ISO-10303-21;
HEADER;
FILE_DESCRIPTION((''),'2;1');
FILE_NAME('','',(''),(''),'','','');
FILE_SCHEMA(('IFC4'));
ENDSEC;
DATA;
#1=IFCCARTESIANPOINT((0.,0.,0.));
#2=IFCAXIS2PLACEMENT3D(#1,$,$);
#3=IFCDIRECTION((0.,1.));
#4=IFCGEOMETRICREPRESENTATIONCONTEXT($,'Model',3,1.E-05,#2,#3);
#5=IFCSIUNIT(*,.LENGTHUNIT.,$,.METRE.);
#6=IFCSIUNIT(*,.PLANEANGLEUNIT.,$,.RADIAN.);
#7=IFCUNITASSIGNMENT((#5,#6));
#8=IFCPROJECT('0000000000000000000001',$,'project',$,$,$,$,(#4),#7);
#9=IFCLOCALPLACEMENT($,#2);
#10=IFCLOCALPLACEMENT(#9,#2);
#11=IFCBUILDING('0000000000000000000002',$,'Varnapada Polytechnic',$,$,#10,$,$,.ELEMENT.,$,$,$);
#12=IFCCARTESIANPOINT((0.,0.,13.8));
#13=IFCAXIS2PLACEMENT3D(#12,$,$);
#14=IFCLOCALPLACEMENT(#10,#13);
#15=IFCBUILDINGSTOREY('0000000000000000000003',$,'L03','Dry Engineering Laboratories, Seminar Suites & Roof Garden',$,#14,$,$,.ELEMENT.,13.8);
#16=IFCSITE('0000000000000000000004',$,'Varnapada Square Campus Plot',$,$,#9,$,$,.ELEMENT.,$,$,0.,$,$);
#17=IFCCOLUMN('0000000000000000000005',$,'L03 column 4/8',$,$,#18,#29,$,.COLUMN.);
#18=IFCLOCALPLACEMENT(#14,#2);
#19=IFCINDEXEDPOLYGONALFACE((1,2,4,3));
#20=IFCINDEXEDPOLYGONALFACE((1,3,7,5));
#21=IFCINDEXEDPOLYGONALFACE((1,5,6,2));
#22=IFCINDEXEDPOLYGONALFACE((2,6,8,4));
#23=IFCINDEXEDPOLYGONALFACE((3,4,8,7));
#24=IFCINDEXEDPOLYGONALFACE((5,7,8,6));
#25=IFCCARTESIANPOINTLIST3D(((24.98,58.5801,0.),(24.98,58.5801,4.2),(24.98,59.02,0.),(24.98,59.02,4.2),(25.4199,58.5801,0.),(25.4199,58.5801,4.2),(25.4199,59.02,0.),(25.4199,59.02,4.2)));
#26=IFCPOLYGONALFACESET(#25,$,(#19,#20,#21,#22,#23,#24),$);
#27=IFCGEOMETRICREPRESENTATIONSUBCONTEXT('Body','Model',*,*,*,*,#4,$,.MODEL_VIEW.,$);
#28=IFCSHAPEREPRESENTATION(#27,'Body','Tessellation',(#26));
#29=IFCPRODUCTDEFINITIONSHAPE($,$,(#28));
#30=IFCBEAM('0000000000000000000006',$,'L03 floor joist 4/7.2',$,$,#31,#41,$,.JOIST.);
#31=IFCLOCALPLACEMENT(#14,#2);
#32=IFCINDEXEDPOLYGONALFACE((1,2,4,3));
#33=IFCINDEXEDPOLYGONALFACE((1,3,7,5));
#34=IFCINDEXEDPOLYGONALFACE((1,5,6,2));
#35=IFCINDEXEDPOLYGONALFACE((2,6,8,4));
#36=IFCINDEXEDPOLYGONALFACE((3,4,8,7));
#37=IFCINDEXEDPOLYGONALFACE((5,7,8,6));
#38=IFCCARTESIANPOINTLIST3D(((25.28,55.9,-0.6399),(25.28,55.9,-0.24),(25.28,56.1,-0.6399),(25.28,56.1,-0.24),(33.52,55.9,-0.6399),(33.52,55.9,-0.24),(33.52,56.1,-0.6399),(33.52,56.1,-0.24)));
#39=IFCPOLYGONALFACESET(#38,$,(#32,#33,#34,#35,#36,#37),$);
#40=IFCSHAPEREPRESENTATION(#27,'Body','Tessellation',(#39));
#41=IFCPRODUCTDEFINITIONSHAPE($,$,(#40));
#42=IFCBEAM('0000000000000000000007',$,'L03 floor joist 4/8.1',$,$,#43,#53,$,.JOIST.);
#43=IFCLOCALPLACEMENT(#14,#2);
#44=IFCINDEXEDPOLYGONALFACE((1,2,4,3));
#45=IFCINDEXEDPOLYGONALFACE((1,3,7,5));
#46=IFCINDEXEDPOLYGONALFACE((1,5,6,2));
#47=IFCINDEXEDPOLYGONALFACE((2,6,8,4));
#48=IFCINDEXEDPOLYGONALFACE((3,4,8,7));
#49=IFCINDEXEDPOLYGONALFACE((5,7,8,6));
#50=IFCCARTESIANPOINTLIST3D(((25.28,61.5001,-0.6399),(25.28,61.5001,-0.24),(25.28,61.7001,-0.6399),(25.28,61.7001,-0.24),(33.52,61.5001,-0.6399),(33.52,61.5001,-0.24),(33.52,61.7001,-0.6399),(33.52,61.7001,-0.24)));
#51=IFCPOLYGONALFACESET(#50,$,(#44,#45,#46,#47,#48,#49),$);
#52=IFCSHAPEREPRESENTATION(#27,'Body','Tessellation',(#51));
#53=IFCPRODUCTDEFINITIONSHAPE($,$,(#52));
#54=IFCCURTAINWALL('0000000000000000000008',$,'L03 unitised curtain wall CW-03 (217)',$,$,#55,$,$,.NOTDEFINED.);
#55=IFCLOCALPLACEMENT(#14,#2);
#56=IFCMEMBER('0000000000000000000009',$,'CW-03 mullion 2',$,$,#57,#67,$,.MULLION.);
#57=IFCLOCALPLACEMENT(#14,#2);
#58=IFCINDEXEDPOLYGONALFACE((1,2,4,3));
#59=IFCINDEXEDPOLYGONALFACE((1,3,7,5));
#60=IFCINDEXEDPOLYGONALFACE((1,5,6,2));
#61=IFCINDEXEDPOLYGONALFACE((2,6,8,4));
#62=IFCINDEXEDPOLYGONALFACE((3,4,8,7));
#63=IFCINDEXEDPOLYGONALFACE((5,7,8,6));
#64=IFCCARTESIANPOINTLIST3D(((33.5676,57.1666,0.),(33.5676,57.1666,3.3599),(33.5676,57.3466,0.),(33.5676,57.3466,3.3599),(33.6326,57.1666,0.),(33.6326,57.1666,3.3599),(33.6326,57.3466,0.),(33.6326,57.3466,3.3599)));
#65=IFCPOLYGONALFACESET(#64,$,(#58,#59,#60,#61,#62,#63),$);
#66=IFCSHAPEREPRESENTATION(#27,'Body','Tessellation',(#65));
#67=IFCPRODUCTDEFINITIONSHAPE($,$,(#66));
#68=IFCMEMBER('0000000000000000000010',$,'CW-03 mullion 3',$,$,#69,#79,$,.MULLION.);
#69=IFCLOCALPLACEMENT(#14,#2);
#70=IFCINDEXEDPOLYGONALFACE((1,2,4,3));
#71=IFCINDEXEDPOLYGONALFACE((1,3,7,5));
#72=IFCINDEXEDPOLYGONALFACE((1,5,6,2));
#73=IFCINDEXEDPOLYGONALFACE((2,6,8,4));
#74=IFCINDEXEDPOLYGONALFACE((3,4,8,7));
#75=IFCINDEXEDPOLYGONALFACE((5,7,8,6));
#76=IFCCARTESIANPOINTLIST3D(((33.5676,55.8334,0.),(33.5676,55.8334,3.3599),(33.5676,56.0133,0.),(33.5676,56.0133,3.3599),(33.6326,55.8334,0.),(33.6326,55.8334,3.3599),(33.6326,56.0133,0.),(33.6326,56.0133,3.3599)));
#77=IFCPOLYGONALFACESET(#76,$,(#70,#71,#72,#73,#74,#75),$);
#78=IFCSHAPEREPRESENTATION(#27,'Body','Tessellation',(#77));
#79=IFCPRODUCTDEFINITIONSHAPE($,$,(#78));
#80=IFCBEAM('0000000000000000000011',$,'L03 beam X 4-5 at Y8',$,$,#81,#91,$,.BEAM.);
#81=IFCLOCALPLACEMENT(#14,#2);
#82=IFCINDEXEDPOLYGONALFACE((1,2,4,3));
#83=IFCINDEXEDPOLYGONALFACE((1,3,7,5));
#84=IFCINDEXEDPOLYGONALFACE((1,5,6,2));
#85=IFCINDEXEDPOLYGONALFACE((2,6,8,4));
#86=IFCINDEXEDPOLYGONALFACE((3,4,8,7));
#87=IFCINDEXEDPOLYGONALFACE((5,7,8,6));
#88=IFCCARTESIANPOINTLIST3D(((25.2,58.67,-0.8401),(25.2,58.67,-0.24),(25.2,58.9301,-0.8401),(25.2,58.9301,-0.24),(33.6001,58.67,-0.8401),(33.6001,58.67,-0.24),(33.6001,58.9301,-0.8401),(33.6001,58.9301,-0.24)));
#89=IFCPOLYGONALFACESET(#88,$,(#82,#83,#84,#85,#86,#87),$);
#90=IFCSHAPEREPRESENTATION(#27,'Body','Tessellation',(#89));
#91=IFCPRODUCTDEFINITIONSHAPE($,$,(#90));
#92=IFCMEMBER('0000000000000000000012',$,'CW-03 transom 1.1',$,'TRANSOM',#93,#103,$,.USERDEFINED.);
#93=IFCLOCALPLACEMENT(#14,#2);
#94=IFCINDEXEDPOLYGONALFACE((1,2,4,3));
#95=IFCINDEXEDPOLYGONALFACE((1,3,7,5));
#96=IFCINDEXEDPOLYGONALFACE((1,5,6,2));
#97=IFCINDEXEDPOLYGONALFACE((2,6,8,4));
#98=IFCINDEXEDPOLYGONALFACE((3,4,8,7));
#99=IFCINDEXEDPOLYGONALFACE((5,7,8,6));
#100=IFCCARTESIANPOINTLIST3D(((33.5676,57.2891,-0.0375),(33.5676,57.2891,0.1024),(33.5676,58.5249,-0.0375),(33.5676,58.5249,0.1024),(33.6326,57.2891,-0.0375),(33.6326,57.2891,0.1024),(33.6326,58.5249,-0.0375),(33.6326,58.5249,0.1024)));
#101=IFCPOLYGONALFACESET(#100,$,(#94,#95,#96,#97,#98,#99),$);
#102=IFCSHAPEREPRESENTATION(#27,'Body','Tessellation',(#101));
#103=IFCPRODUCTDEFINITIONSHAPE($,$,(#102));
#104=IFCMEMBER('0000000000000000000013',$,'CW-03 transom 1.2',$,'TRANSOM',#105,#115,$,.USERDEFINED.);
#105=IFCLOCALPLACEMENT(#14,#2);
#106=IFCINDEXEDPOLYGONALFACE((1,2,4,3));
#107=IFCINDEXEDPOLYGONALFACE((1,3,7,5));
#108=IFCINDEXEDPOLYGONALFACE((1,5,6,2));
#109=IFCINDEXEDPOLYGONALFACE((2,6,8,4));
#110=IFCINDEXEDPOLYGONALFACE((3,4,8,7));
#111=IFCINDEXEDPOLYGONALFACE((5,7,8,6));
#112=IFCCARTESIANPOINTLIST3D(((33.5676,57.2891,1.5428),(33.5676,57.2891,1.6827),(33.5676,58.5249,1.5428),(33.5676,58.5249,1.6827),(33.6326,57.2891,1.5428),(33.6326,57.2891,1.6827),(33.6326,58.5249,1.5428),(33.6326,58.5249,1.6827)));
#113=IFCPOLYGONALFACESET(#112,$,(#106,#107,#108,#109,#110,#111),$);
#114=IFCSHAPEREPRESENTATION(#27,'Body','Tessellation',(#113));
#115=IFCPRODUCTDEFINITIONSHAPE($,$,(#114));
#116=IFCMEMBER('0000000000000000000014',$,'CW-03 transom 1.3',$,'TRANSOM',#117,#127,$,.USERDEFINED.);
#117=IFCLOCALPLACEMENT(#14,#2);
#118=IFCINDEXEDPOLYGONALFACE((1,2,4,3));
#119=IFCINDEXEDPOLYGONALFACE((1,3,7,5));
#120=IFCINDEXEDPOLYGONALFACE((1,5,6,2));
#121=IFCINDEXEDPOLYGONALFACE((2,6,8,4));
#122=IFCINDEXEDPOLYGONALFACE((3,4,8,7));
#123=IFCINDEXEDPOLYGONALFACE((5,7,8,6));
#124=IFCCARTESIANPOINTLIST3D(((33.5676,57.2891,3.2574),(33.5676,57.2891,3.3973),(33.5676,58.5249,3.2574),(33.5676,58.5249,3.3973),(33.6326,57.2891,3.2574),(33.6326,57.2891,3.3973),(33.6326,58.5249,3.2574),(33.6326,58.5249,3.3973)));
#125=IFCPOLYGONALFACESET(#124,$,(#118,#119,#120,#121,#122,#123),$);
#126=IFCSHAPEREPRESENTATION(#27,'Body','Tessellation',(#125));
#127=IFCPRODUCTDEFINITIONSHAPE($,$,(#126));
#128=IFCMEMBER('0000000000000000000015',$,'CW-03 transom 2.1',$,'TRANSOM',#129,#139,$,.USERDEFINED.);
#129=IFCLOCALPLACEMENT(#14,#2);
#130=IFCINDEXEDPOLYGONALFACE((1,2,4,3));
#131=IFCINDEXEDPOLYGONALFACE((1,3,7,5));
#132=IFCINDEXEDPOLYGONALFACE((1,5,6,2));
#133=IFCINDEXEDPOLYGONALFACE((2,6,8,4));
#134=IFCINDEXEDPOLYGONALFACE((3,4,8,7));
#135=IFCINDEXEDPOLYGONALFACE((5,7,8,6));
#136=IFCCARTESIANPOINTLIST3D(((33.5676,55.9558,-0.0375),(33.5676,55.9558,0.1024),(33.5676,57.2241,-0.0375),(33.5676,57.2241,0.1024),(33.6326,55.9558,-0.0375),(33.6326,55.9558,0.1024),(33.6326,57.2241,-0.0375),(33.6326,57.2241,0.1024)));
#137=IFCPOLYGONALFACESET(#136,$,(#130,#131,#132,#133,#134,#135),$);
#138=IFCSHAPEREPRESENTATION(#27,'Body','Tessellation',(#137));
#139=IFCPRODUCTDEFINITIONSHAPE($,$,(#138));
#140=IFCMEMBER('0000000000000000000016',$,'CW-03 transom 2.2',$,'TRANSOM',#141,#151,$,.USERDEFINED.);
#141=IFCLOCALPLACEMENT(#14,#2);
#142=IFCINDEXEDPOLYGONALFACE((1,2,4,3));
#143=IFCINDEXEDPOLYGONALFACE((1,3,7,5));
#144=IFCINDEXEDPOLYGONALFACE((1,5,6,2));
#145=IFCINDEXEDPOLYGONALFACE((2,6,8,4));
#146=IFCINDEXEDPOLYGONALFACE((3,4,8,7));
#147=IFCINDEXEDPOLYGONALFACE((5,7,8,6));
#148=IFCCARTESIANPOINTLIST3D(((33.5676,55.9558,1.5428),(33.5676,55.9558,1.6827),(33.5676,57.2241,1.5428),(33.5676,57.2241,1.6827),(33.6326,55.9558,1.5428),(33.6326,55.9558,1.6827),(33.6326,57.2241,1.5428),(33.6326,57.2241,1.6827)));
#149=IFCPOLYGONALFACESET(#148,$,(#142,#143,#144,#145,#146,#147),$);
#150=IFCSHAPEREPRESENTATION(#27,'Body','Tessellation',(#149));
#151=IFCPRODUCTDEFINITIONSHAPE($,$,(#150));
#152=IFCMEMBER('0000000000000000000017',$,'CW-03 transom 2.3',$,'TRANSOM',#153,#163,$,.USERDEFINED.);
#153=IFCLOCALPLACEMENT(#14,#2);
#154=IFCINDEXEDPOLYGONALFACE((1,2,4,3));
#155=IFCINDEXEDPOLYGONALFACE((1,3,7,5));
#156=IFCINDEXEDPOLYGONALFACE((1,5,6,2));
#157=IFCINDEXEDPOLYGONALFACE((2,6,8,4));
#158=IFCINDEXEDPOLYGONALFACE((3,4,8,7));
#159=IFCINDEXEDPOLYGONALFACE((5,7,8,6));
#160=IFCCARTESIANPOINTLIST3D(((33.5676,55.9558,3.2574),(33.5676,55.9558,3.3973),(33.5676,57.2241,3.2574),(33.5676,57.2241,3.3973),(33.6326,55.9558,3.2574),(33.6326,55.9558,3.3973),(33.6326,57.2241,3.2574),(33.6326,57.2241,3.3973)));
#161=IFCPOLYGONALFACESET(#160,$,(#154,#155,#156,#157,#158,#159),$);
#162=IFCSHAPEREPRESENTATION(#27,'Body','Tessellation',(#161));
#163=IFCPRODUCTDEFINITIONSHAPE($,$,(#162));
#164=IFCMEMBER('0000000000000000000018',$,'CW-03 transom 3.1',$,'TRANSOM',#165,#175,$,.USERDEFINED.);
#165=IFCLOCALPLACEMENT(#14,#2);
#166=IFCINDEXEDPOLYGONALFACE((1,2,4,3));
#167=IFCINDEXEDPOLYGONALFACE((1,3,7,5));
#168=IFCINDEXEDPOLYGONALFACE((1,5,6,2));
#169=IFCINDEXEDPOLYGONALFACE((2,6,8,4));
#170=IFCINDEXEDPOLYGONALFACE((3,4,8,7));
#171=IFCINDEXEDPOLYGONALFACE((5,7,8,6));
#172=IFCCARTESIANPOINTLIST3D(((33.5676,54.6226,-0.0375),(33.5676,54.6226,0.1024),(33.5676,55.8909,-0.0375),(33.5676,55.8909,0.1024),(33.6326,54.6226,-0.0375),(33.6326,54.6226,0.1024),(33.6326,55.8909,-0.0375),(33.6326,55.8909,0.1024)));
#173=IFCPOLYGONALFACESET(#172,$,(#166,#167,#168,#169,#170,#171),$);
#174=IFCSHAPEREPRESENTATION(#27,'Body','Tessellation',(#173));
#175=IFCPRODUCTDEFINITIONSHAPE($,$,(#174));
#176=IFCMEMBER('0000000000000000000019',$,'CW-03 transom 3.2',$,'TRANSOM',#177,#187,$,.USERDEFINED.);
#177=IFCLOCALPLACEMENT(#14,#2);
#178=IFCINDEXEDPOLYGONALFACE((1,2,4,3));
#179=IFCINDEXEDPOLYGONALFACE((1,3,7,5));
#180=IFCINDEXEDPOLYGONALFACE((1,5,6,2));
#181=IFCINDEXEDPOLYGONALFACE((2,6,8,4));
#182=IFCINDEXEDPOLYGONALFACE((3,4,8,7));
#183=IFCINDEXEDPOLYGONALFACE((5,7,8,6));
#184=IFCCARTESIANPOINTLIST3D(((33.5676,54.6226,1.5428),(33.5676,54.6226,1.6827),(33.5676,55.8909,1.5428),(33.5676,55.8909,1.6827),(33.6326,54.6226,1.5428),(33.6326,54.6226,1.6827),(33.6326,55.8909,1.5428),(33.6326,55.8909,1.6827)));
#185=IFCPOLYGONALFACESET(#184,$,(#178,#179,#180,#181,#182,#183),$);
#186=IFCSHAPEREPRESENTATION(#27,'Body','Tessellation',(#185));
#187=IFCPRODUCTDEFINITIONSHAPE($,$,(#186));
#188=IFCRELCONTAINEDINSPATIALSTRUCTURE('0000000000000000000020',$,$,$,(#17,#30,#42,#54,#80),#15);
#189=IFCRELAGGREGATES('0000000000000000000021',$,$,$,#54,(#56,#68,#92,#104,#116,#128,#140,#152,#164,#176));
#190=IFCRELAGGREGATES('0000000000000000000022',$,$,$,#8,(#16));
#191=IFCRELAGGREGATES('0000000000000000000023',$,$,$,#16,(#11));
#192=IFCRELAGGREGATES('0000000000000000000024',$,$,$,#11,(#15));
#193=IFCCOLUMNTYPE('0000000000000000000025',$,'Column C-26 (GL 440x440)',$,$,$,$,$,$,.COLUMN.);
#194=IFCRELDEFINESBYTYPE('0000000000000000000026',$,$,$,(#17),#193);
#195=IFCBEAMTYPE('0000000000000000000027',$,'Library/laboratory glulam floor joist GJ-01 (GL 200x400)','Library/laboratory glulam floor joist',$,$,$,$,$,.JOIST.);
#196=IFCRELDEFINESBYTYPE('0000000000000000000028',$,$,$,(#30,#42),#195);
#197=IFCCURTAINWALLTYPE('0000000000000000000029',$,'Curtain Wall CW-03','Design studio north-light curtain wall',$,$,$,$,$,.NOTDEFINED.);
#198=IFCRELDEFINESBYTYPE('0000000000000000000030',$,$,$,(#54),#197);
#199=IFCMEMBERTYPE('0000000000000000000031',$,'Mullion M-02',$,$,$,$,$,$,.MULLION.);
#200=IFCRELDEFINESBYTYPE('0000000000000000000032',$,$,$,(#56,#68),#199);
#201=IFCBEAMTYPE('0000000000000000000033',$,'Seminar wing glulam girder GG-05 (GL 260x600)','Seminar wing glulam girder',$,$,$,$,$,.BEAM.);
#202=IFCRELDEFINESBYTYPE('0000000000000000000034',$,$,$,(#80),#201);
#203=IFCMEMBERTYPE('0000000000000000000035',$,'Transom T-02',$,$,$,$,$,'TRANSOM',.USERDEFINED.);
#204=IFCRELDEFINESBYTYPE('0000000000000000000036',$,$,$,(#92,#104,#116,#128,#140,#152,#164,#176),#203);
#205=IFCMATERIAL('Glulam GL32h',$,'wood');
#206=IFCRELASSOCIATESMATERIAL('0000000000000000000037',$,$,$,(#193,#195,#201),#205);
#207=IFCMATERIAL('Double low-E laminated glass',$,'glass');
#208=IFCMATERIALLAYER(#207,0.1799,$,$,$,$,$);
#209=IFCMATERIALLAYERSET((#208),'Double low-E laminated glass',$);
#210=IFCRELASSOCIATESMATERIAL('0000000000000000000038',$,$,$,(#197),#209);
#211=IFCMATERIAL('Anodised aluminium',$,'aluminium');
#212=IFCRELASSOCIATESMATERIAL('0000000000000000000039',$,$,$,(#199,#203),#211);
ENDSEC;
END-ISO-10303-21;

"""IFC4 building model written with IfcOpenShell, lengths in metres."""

from ifc_helpers import new_model, si_unit, direction, frame, origin, origin_2d, place, context, subcontext, project, spatial, rectangle, extrude, material, layer, layer_set, material_profile, profile_set, type_object, element, aggregate, save


model = new_model("IFC4")

# Units and contexts
model_context = context("Model", 3, precision=1e-05, world=origin(), true_north=direction((0.0, 1.0)))
body_context = subcontext(model_context, "Body", "Model", "MODEL_VIEW")
ifc_project = project(units=[si_unit("LENGTHUNIT", "METRE"), si_unit("PLANEANGLEUNIT", "RADIAN")], contexts=[model_context])

# Site, building, storey
site_placement = place(None, origin())
site = spatial("IfcSite", under=ifc_project, at=site_placement, Name="Varnapada Square Campus Plot", CompositionType="ELEMENT", RefElevation=0.0)
building_placement = place(site_placement, origin())
building = spatial("IfcBuilding", under=site, at=building_placement, Name="Varnapada Polytechnic", CompositionType="ELEMENT")
storey_placement = place(building_placement, frame((0.0, 0.0, 13.8)))
storey = spatial("IfcBuildingStorey", under=building, at=storey_placement, Name="L03", Description="Dry Engineering Laboratories, Seminar Suites & Roof Garden", CompositionType="ELEMENT", Elevation=13.8)

# Column
ifc_material_1 = material(Name="Glulam GL32h", Category="wood")
ifc_material_profile_1 = material_profile(ifc_material_1, rectangle(XDim=0.4399, YDim=0.4399, at=origin_2d()), Name="GL 440x440")
ifc_profile_set_1 = profile_set([ifc_material_profile_1], Name="Glulam GL32h")
column_type = type_object("IfcColumnType", Name="Column C-26 (GL 440x440)", PredefinedType="COLUMN", material=ifc_profile_set_1)
column_placement = place(storey_placement, frame((25.2, 58.8, 0.0), z_axis=(0.0, 0.0, 1.0), x_axis=(1.0, 0.0, 0.0)))
element("IfcColumn", 1, at=column_placement, inside=storey, type_object=column_type, Name="L03 column 4/8", PredefinedType="COLUMN", context=body_context, shape_type="SweptSolid", body=[
    extrude(rectangle(XDim=0.4399, YDim=0.4399, at=origin_2d()), origin(), (0.0, 0.0, 1.0), 4.2),
])

# Beams
ifc_material_profile_2 = material_profile(ifc_material_1, rectangle(XDim=0.2, YDim=0.3999, at=origin_2d()), Name="GL 200x400")
ifc_profile_set_2 = profile_set([ifc_material_profile_2], Name="Glulam GL32h")
beam_type_1 = type_object("IfcBeamType", Name="Library/laboratory glulam floor joist GJ-01 (GL 200x400)", Description="Library/laboratory glulam floor joist", PredefinedType="JOIST", material=ifc_profile_set_2)
for number, where, z_axis, x_axis, name in (
    (2, (25.28, 56.0, -0.4399), (1.0, 0.0, 0.0), (0.0, 1.0, 0.0), "L03 floor joist 4/7.2"),
    (3, (25.28, 61.6001, -0.4399), (1.0, 0.0, 0.0), (0.0, 1.0, 0.0), "L03 floor joist 4/8.1"),
):
    element("IfcBeam", number, at=place(storey_placement, frame(where, z_axis=z_axis, x_axis=x_axis)), inside=storey, type_object=beam_type_1, Name=name, PredefinedType="JOIST", context=body_context, shape_type="SweptSolid", body=[
        extrude(rectangle(XDim=0.2, YDim=0.3999, at=origin_2d()), origin(), (0.0, 0.0, 1.0), 8.24),
    ])

# Curtain wall, members
ifc_material_2 = material(Name="Double low-E laminated glass", Category="glass")
ifc_layer_1 = layer(ifc_material_2, 0.1799)
ifc_layer_set_1 = layer_set([ifc_layer_1], Name="Double low-E laminated glass")
curtain_wall_type = type_object("IfcCurtainWallType", Name="Curtain Wall CW-03", Description="Design studio north-light curtain wall", PredefinedType="NOTDEFINED", material=ifc_layer_set_1)
curtain_wall_placement = place(storey_placement, origin())
curtain_wall = element("IfcCurtainWall", 4, at=curtain_wall_placement, inside=storey, type_object=curtain_wall_type, Name="L03 unitised curtain wall CW-03 (217)", PredefinedType="NOTDEFINED")
ifc_material_3 = material(Name="Anodised aluminium", Category="aluminium")
ifc_material_profile_3 = material_profile(ifc_material_3, rectangle(XDim=0.0649, YDim=0.1799, at=origin_2d()), Name="ALU M65x180")
ifc_profile_set_3 = profile_set([ifc_material_profile_3], Name="Anodised aluminium")
member_type_1 = type_object("IfcMemberType", Name="Mullion M-02", PredefinedType="MULLION", material=ifc_profile_set_3)
member_1_placement = place(storey_placement, frame((33.6001, 57.2566, 0.0), z_axis=(0.0, 0.0, 1.0), x_axis=(1.0, 0.0, 0.0)))
member_1 = element("IfcMember", 5, at=member_1_placement, type_object=member_type_1, Name="CW-03 mullion 2", PredefinedType="MULLION", context=body_context, shape_type="SweptSolid", body=[
    extrude(rectangle(XDim=0.0649, YDim=0.1799, at=origin_2d()), origin(), (0.0, 0.0, 1.0), 3.3599),
])
member_2_placement = place(storey_placement, frame((33.6001, 55.9233, 0.0), z_axis=(0.0, 0.0, 1.0), x_axis=(1.0, 0.0, 0.0)))
member_2 = element("IfcMember", 6, at=member_2_placement, type_object=member_type_1, Name="CW-03 mullion 3", PredefinedType="MULLION", context=body_context, shape_type="SweptSolid", body=[
    extrude(rectangle(XDim=0.0649, YDim=0.1799, at=origin_2d()), origin(), (0.0, 0.0, 1.0), 3.3599),
])

# Beam
ifc_material_profile_4 = material_profile(ifc_material_1, rectangle(XDim=0.26, YDim=0.6001, at=origin_2d()), Name="GL 260x600")
ifc_profile_set_4 = profile_set([ifc_material_profile_4], Name="Glulam GL32h")
beam_type_2 = type_object("IfcBeamType", Name="Seminar wing glulam girder GG-05 (GL 260x600)", Description="Seminar wing glulam girder", PredefinedType="BEAM", material=ifc_profile_set_4)
beam_1_placement = place(storey_placement, frame((25.2, 58.8, -0.54), z_axis=(1.0, 0.0, 0.0), x_axis=(0.0, 1.0, 0.0)))
element("IfcBeam", 7, at=beam_1_placement, inside=storey, type_object=beam_type_2, Name="L03 beam X 4-5 at Y8", PredefinedType="BEAM", context=body_context, shape_type="SweptSolid", body=[
    extrude(rectangle(XDim=0.26, YDim=0.6001, at=origin_2d()), origin(), (0.0, 0.0, 1.0), 8.4001),
])

# Members
ifc_material_profile_5 = material_profile(ifc_material_3, rectangle(XDim=0.0649, YDim=0.1399, at=origin_2d()), Name="ALU T65x140")
ifc_profile_set_5 = profile_set([ifc_material_profile_5], Name="Anodised aluminium")
member_type_2 = type_object("IfcMemberType", Name="Transom T-02", ElementType="TRANSOM", PredefinedType="USERDEFINED", material=ifc_profile_set_5)
member_3_placement = place(storey_placement, frame((33.6001, 58.5249, 0.0325), z_axis=(0.0, -1.0, 0.0), x_axis=(1.0, 0.0, 0.0)))
member_3 = element("IfcMember", 8, at=member_3_placement, type_object=member_type_2, Name="CW-03 transom 1.1", ObjectType="TRANSOM", PredefinedType="USERDEFINED", context=body_context, shape_type="SweptSolid", body=[
    extrude(rectangle(XDim=0.0649, YDim=0.1399, at=origin_2d()), origin(), (0.0, 0.0, 1.0), 1.2358),
])
member_4_placement = place(storey_placement, frame((33.6001, 58.5249, 1.6128), z_axis=(0.0, -1.0, 0.0), x_axis=(1.0, 0.0, 0.0)))
member_4 = element("IfcMember", 9, at=member_4_placement, type_object=member_type_2, Name="CW-03 transom 1.2", ObjectType="TRANSOM", PredefinedType="USERDEFINED", context=body_context, shape_type="SweptSolid", body=[
    extrude(rectangle(XDim=0.0649, YDim=0.1399, at=origin_2d()), origin(), (0.0, 0.0, 1.0), 1.2358),
])
member_5_placement = place(storey_placement, frame((33.6001, 58.5249, 3.3274), z_axis=(0.0, -1.0, 0.0), x_axis=(1.0, 0.0, 0.0)))
member_5 = element("IfcMember", 10, at=member_5_placement, type_object=member_type_2, Name="CW-03 transom 1.3", ObjectType="TRANSOM", PredefinedType="USERDEFINED", context=body_context, shape_type="SweptSolid", body=[
    extrude(rectangle(XDim=0.0649, YDim=0.1399, at=origin_2d()), origin(), (0.0, 0.0, 1.0), 1.2358),
])
member_6_placement = place(storey_placement, frame((33.6001, 57.2241, 0.0325), z_axis=(0.0, -1.0, 0.0), x_axis=(1.0, 0.0, 0.0)))
member_6 = element("IfcMember", 11, at=member_6_placement, type_object=member_type_2, Name="CW-03 transom 2.1", ObjectType="TRANSOM", PredefinedType="USERDEFINED", context=body_context, shape_type="SweptSolid", body=[
    extrude(rectangle(XDim=0.0649, YDim=0.1399, at=origin_2d()), origin(), (0.0, 0.0, 1.0), 1.2683),
])
member_7_placement = place(storey_placement, frame((33.6001, 57.2241, 1.6128), z_axis=(0.0, -1.0, 0.0), x_axis=(1.0, 0.0, 0.0)))
member_7 = element("IfcMember", 12, at=member_7_placement, type_object=member_type_2, Name="CW-03 transom 2.2", ObjectType="TRANSOM", PredefinedType="USERDEFINED", context=body_context, shape_type="SweptSolid", body=[
    extrude(rectangle(XDim=0.0649, YDim=0.1399, at=origin_2d()), origin(), (0.0, 0.0, 1.0), 1.2683),
])
member_8_placement = place(storey_placement, frame((33.6001, 57.2241, 3.3274), z_axis=(0.0, -1.0, 0.0), x_axis=(1.0, 0.0, 0.0)))
member_8 = element("IfcMember", 13, at=member_8_placement, type_object=member_type_2, Name="CW-03 transom 2.3", ObjectType="TRANSOM", PredefinedType="USERDEFINED", context=body_context, shape_type="SweptSolid", body=[
    extrude(rectangle(XDim=0.0649, YDim=0.1399, at=origin_2d()), origin(), (0.0, 0.0, 1.0), 1.2683),
])
member_9_placement = place(storey_placement, frame((33.6001, 55.8909, 0.0325), z_axis=(0.0, -1.0, 0.0), x_axis=(1.0, 0.0, 0.0)))
member_9 = element("IfcMember", 14, at=member_9_placement, type_object=member_type_2, Name="CW-03 transom 3.1", ObjectType="TRANSOM", PredefinedType="USERDEFINED", context=body_context, shape_type="SweptSolid", body=[
    extrude(rectangle(XDim=0.0649, YDim=0.1399, at=origin_2d()), origin(), (0.0, 0.0, 1.0), 1.2683),
])
member_10_placement = place(storey_placement, frame((33.6001, 55.8909, 1.6128), z_axis=(0.0, -1.0, 0.0), x_axis=(1.0, 0.0, 0.0)))
member_10 = element("IfcMember", 15, at=member_10_placement, type_object=member_type_2, Name="CW-03 transom 3.2", ObjectType="TRANSOM", PredefinedType="USERDEFINED", context=body_context, shape_type="SweptSolid", body=[
    extrude(rectangle(XDim=0.0649, YDim=0.1399, at=origin_2d()), origin(), (0.0, 0.0, 1.0), 1.2683),
])

aggregate(curtain_wall, [member_1, member_2, member_3, member_4, member_5, member_6, member_7, member_8, member_9, member_10])

save(model, "model.ifc")
